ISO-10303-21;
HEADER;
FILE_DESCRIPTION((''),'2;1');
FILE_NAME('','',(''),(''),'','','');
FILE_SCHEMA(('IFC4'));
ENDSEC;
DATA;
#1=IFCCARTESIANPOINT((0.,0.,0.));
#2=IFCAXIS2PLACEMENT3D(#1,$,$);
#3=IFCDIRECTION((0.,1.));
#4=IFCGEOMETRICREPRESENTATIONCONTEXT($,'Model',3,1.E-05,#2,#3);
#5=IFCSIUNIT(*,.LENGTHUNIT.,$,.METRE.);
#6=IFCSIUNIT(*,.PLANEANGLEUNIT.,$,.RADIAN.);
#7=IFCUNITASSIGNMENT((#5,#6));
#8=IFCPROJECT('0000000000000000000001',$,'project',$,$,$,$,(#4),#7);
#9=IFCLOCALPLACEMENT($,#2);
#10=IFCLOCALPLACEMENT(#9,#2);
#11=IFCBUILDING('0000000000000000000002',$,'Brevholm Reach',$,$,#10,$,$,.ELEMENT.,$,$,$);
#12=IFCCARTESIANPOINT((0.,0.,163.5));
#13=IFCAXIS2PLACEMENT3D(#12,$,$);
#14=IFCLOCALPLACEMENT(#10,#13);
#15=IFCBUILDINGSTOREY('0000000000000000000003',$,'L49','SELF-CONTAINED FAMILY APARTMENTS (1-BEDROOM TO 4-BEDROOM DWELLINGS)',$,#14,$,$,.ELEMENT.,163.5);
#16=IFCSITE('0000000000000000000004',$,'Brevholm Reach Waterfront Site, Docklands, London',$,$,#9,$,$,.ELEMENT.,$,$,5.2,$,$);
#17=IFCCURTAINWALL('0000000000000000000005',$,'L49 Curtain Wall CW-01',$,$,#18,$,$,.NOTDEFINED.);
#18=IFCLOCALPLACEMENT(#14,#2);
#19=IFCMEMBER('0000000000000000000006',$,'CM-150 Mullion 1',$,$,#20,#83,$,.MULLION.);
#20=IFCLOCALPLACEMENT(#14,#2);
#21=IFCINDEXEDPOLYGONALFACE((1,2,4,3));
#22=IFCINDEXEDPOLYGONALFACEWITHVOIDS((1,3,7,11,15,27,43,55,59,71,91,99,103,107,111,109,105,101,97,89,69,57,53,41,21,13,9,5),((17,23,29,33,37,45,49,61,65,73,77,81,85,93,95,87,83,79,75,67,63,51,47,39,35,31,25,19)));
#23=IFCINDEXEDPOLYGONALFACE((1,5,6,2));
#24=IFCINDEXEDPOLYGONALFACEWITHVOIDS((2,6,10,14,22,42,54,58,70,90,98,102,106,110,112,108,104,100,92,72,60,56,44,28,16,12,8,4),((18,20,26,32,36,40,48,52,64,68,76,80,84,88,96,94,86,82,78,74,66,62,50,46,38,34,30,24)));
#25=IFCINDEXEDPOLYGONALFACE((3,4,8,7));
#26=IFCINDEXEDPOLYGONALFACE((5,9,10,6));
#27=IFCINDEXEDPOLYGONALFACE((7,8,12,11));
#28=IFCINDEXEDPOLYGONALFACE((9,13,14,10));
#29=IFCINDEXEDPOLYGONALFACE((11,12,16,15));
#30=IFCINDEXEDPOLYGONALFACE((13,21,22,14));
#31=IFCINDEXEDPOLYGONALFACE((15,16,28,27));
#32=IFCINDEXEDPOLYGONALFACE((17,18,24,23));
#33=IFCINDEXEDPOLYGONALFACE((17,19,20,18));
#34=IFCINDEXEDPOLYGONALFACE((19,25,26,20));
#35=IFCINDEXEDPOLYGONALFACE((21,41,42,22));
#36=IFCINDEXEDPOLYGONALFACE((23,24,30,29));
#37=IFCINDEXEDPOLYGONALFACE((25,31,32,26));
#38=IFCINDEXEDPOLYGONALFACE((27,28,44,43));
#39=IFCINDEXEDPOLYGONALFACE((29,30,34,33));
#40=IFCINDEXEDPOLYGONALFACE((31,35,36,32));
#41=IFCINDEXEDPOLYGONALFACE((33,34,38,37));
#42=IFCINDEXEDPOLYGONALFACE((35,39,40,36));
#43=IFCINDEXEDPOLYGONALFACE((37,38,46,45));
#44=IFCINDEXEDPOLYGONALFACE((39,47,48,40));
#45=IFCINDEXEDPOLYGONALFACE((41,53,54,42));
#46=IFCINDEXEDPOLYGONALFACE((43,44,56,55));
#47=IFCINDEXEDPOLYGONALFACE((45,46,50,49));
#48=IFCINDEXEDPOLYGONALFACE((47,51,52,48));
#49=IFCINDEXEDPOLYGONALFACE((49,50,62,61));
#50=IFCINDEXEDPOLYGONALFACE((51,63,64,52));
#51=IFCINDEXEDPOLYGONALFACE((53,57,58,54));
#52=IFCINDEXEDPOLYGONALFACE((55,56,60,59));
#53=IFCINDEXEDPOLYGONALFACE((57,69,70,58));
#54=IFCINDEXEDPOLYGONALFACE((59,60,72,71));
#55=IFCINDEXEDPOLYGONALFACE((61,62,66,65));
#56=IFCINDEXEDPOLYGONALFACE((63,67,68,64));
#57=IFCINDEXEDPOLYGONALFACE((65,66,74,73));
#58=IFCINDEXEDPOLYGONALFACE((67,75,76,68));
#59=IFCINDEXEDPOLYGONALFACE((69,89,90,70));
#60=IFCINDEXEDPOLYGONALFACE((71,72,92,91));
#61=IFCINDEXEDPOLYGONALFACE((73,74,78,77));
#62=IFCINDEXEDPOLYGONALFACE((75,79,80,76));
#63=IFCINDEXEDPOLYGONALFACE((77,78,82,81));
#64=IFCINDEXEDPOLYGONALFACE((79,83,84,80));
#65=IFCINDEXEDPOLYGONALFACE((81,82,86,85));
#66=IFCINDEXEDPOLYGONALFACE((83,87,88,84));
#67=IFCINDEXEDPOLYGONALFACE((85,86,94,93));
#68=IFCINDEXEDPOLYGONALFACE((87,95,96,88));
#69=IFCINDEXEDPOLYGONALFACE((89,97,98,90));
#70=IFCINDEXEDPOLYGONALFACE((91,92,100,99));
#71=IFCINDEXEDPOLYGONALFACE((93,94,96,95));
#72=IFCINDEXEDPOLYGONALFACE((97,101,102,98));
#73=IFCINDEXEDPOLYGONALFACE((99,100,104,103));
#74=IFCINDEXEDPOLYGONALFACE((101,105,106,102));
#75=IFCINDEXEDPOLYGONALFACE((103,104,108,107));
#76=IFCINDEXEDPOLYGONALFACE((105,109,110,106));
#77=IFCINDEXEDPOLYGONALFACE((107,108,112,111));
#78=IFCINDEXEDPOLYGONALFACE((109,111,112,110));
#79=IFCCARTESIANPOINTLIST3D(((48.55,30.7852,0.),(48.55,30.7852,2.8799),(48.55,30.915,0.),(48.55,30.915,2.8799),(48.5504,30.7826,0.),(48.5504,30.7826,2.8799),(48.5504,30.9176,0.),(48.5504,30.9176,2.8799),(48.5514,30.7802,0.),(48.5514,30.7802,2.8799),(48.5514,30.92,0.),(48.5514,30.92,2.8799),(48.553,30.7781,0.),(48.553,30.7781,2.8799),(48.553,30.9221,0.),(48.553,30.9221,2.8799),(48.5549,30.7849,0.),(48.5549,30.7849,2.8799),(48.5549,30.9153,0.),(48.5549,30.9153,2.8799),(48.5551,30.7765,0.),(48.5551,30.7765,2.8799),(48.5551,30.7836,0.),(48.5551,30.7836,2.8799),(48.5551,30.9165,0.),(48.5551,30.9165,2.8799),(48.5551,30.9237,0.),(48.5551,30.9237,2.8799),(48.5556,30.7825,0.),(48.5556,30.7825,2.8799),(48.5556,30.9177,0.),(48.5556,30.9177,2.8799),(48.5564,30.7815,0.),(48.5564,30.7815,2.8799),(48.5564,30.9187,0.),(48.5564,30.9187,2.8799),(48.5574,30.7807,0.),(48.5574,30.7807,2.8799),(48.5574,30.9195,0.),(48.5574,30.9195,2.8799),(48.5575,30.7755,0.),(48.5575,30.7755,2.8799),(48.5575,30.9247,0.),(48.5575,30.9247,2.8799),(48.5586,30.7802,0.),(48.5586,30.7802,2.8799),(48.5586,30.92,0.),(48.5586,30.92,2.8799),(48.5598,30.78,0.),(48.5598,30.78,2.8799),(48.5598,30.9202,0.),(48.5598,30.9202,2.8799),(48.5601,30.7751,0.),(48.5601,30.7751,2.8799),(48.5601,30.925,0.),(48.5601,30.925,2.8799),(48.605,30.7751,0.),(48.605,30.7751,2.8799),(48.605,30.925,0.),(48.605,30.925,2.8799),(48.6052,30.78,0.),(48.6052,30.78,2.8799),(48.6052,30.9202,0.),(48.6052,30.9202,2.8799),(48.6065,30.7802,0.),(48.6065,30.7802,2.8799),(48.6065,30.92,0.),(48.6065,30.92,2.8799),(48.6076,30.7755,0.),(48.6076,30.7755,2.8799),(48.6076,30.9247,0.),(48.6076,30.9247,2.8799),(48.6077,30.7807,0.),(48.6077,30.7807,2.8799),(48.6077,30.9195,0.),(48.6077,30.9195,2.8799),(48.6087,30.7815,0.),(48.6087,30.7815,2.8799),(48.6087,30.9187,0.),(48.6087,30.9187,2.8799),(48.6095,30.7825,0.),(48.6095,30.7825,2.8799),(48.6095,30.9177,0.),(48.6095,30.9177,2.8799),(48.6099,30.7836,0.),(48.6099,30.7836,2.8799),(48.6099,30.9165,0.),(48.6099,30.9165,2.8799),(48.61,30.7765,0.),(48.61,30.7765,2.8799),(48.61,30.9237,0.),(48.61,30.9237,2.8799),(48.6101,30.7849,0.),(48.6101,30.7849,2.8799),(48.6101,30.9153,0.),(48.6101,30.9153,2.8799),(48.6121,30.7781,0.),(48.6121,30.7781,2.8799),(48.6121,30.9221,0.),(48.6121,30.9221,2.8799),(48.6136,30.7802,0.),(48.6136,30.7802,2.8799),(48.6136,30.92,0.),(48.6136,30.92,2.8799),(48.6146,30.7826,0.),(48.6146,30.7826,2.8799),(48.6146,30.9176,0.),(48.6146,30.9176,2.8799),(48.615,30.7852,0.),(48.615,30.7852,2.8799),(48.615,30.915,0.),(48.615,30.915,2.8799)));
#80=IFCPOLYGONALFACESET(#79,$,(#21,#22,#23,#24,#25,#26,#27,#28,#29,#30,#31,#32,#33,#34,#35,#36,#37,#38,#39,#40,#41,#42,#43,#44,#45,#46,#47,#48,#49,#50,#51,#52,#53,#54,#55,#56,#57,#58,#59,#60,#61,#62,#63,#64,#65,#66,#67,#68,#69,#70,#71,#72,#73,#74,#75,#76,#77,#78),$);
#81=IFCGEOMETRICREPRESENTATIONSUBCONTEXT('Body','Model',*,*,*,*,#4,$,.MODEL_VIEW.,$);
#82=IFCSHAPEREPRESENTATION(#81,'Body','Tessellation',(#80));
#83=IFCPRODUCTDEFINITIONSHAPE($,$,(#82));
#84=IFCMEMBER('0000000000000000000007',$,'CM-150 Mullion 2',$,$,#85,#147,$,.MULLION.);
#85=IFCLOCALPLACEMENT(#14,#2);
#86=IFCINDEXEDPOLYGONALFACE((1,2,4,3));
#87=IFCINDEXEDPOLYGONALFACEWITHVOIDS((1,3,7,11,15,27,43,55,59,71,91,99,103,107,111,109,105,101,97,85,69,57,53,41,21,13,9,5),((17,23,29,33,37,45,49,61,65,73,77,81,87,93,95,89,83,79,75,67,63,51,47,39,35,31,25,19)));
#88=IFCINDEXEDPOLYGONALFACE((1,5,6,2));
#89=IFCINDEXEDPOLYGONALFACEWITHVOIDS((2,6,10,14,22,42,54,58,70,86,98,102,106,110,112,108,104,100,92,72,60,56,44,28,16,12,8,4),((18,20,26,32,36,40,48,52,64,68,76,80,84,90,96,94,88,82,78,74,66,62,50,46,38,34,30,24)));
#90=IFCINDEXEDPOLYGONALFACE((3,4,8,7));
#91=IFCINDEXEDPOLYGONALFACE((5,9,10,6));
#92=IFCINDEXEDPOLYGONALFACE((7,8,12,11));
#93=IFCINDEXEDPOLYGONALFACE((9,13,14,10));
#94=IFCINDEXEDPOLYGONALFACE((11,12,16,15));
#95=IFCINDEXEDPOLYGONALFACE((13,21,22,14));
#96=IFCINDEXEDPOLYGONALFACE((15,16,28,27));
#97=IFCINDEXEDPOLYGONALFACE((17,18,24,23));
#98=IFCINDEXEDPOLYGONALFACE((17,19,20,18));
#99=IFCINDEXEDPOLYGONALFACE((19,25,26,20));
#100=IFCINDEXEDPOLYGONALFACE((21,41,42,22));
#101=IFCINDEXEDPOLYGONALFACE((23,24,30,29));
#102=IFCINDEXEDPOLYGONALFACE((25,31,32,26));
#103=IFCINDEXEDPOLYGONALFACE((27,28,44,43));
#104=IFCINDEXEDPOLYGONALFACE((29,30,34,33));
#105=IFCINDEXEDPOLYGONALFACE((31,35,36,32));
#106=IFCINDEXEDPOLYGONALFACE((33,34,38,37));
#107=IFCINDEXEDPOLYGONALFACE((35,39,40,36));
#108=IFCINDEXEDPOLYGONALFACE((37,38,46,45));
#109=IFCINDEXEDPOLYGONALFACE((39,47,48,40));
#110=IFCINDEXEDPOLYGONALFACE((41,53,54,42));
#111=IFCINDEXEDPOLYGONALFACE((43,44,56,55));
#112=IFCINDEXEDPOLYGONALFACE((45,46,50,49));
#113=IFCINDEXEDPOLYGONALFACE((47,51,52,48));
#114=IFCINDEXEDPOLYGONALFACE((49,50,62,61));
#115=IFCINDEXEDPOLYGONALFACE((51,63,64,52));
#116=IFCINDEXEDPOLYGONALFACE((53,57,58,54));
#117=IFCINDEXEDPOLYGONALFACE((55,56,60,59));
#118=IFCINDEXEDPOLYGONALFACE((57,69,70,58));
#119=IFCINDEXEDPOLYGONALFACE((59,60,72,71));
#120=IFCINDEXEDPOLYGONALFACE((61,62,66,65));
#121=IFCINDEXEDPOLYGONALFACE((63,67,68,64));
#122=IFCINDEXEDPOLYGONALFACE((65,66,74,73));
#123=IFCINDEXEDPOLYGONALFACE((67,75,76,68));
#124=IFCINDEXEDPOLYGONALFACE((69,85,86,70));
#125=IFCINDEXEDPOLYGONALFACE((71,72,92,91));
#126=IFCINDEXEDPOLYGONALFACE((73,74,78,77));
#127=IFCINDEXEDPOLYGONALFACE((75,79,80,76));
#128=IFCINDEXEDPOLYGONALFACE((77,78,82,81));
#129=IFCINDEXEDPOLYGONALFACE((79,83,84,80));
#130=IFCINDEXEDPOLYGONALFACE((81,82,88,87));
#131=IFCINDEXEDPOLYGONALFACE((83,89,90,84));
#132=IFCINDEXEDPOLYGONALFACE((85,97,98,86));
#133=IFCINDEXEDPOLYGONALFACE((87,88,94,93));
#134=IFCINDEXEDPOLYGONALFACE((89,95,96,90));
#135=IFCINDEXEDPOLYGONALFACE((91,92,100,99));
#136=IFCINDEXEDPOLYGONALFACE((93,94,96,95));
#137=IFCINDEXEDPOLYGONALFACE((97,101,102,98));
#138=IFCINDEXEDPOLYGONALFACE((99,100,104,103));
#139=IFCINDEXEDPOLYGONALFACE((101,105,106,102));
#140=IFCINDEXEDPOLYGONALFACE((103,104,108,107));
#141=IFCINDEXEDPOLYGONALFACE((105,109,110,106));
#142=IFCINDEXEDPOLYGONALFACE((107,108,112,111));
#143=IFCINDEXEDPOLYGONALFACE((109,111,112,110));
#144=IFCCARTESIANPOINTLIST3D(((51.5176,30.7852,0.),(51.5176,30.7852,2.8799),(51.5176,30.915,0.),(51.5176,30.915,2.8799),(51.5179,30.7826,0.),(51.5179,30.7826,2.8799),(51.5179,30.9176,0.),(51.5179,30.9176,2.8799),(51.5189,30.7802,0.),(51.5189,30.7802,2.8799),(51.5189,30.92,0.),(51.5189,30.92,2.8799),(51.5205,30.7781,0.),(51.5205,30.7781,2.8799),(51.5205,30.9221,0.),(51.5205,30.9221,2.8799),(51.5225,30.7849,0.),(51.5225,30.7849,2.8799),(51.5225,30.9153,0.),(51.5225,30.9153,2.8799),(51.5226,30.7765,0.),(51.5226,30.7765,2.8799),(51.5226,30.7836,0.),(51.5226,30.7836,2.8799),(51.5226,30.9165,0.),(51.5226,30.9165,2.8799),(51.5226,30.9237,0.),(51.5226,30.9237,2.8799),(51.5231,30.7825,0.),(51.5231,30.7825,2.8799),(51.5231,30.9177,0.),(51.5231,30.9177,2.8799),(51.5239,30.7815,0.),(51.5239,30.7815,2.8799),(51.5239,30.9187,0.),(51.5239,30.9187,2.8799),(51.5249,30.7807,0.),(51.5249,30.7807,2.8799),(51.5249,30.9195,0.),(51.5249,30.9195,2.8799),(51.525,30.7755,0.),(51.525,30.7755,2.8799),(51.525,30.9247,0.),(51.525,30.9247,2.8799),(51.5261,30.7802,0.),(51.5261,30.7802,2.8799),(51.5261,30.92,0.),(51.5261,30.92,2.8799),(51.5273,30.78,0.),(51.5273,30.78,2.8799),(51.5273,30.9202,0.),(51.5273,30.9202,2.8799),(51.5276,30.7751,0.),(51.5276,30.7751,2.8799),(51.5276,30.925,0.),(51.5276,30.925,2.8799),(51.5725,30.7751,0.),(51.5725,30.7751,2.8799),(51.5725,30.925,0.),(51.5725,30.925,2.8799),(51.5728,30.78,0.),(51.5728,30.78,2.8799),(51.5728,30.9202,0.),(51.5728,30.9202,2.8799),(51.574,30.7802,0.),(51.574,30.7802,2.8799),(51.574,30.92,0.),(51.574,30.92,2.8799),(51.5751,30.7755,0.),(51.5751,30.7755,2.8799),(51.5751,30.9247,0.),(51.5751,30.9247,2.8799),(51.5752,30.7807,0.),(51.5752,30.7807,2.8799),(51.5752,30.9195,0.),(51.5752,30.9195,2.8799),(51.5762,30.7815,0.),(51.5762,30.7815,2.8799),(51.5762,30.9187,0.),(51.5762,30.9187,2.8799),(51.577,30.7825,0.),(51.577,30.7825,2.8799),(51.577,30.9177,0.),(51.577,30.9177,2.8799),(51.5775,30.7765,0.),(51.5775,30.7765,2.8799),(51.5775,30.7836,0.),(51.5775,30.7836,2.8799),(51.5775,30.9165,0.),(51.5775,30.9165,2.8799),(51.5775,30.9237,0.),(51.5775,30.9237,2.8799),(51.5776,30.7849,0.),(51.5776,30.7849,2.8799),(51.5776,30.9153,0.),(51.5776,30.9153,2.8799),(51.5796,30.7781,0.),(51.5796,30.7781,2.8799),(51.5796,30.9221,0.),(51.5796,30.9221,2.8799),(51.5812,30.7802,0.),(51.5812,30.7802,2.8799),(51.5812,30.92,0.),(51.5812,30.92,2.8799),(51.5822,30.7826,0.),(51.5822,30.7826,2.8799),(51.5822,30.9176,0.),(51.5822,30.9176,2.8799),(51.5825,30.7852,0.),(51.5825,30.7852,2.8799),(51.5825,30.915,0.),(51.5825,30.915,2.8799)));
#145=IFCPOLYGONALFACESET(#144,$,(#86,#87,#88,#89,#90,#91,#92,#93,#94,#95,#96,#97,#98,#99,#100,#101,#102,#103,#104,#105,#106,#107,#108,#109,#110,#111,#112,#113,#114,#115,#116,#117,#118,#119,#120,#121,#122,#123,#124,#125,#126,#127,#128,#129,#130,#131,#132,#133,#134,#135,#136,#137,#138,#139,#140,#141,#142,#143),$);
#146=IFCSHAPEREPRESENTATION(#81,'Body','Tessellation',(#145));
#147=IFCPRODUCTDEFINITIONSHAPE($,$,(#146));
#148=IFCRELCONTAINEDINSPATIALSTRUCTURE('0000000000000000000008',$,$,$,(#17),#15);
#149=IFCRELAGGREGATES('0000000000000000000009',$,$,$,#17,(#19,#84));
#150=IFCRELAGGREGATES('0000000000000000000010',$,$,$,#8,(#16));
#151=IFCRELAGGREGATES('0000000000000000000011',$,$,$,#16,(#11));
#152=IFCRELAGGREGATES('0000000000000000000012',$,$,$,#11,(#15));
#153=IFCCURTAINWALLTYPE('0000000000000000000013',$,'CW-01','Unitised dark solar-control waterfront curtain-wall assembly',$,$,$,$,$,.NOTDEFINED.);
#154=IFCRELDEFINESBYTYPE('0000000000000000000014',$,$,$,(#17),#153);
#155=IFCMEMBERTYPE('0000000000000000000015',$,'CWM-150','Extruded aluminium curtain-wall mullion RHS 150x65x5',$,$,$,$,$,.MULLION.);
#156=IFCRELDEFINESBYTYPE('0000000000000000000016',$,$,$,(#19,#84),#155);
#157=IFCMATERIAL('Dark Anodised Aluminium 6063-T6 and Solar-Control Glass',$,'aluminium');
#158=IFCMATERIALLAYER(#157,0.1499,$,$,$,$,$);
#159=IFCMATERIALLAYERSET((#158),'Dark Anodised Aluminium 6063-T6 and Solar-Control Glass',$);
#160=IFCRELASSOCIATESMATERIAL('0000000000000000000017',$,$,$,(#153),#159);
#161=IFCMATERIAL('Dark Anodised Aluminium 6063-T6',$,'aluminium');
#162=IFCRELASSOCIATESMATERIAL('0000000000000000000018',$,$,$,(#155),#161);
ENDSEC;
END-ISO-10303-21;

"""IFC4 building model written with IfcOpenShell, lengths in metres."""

from ifc_helpers import new_model, si_unit, direction, frame, origin, origin_2d, place, context, subcontext, project, spatial, hollow_rectangle, extrude, material, layer, layer_set, material_profile, profile_set, type_object, element, aggregate, save


model = new_model("IFC4")

# Units and contexts
model_context = context("Model", 3, precision=1e-05, world=origin(), true_north=direction((0.0, 1.0)))
body_context = subcontext(model_context, "Body", "Model", "MODEL_VIEW")
ifc_project = project(units=[si_unit("LENGTHUNIT", "METRE"), si_unit("PLANEANGLEUNIT", "RADIAN")], contexts=[model_context])

# Site, building, storey
site_placement = place(None, origin())
site = spatial("IfcSite", under=ifc_project, at=site_placement, Name="Brevholm Reach Waterfront Site, Docklands, London", CompositionType="ELEMENT", RefElevation=5.2)
building_placement = place(site_placement, origin())
building = spatial("IfcBuilding", under=site, at=building_placement, Name="Brevholm Reach", CompositionType="ELEMENT")
storey_placement = place(building_placement, frame((0.0, 0.0, 163.5)))
storey = spatial("IfcBuildingStorey", under=building, at=storey_placement, Name="L49", Description="SELF-CONTAINED FAMILY APARTMENTS (1-BEDROOM TO 4-BEDROOM DWELLINGS)", CompositionType="ELEMENT", Elevation=163.5)

# Curtain wall, members
ifc_material_1 = material(Name="Dark Anodised Aluminium 6063-T6 and Solar-Control Glass", Category="aluminium")
ifc_layer_1 = layer(ifc_material_1, 0.1499)
ifc_layer_set_1 = layer_set([ifc_layer_1], Name="Dark Anodised Aluminium 6063-T6 and Solar-Control Glass")
curtain_wall_type = type_object("IfcCurtainWallType", Name="CW-01", Description="Unitised dark solar-control waterfront curtain-wall assembly", PredefinedType="NOTDEFINED", material=ifc_layer_set_1)
curtain_wall_placement = place(storey_placement, origin())
curtain_wall = element("IfcCurtainWall", 1, at=curtain_wall_placement, inside=storey, type_object=curtain_wall_type, Name="L49 Curtain Wall CW-01", PredefinedType="NOTDEFINED")
ifc_material_2 = material(Name="Dark Anodised Aluminium 6063-T6", Category="aluminium")
ifc_material_profile_1 = material_profile(ifc_material_2, hollow_rectangle(XDim=0.0649, YDim=0.1499, WallThickness=0.0049, InnerFilletRadius=0.0049, OuterFilletRadius=0.01, at=origin_2d()), Name="RHS 150x65x5")
ifc_profile_set_1 = profile_set([ifc_material_profile_1], Name="Dark Anodised Aluminium 6063-T6")
member_type_1 = type_object("IfcMemberType", Name="CWM-150", Description="Extruded aluminium curtain-wall mullion RHS 150x65x5", PredefinedType="MULLION", material=ifc_profile_set_1)
member_1_placement = place(storey_placement, frame((48.5825, 30.8501, 0.0), z_axis=(0.0, 0.0, 1.0), x_axis=(1.0, 0.0, 0.0)))
member_1 = element("IfcMember", 2, at=member_1_placement, type_object=member_type_1, Name="CM-150 Mullion 1", PredefinedType="MULLION", context=body_context, shape_type="SweptSolid", body=[
    extrude(hollow_rectangle(XDim=0.0649, YDim=0.1499, WallThickness=0.0049, InnerFilletRadius=0.0049, OuterFilletRadius=0.01, at=origin_2d()), origin(), (0.0, 0.0, 1.0), 2.8799),
])
member_2_placement = place(storey_placement, frame((51.55, 30.8501, 0.0), z_axis=(0.0, 0.0, 1.0), x_axis=(1.0, 0.0, 0.0)))
member_2 = element("IfcMember", 3, at=member_2_placement, type_object=member_type_1, Name="CM-150 Mullion 2", PredefinedType="MULLION", context=body_context, shape_type="SweptSolid", body=[
    extrude(hollow_rectangle(XDim=0.0649, YDim=0.1499, WallThickness=0.0049, InnerFilletRadius=0.0049, OuterFilletRadius=0.01, at=origin_2d()), origin(), (0.0, 0.0, 1.0), 2.8799),
])
aggregate(curtain_wall, [member_1, member_2])

save(model, "model.ifc")
